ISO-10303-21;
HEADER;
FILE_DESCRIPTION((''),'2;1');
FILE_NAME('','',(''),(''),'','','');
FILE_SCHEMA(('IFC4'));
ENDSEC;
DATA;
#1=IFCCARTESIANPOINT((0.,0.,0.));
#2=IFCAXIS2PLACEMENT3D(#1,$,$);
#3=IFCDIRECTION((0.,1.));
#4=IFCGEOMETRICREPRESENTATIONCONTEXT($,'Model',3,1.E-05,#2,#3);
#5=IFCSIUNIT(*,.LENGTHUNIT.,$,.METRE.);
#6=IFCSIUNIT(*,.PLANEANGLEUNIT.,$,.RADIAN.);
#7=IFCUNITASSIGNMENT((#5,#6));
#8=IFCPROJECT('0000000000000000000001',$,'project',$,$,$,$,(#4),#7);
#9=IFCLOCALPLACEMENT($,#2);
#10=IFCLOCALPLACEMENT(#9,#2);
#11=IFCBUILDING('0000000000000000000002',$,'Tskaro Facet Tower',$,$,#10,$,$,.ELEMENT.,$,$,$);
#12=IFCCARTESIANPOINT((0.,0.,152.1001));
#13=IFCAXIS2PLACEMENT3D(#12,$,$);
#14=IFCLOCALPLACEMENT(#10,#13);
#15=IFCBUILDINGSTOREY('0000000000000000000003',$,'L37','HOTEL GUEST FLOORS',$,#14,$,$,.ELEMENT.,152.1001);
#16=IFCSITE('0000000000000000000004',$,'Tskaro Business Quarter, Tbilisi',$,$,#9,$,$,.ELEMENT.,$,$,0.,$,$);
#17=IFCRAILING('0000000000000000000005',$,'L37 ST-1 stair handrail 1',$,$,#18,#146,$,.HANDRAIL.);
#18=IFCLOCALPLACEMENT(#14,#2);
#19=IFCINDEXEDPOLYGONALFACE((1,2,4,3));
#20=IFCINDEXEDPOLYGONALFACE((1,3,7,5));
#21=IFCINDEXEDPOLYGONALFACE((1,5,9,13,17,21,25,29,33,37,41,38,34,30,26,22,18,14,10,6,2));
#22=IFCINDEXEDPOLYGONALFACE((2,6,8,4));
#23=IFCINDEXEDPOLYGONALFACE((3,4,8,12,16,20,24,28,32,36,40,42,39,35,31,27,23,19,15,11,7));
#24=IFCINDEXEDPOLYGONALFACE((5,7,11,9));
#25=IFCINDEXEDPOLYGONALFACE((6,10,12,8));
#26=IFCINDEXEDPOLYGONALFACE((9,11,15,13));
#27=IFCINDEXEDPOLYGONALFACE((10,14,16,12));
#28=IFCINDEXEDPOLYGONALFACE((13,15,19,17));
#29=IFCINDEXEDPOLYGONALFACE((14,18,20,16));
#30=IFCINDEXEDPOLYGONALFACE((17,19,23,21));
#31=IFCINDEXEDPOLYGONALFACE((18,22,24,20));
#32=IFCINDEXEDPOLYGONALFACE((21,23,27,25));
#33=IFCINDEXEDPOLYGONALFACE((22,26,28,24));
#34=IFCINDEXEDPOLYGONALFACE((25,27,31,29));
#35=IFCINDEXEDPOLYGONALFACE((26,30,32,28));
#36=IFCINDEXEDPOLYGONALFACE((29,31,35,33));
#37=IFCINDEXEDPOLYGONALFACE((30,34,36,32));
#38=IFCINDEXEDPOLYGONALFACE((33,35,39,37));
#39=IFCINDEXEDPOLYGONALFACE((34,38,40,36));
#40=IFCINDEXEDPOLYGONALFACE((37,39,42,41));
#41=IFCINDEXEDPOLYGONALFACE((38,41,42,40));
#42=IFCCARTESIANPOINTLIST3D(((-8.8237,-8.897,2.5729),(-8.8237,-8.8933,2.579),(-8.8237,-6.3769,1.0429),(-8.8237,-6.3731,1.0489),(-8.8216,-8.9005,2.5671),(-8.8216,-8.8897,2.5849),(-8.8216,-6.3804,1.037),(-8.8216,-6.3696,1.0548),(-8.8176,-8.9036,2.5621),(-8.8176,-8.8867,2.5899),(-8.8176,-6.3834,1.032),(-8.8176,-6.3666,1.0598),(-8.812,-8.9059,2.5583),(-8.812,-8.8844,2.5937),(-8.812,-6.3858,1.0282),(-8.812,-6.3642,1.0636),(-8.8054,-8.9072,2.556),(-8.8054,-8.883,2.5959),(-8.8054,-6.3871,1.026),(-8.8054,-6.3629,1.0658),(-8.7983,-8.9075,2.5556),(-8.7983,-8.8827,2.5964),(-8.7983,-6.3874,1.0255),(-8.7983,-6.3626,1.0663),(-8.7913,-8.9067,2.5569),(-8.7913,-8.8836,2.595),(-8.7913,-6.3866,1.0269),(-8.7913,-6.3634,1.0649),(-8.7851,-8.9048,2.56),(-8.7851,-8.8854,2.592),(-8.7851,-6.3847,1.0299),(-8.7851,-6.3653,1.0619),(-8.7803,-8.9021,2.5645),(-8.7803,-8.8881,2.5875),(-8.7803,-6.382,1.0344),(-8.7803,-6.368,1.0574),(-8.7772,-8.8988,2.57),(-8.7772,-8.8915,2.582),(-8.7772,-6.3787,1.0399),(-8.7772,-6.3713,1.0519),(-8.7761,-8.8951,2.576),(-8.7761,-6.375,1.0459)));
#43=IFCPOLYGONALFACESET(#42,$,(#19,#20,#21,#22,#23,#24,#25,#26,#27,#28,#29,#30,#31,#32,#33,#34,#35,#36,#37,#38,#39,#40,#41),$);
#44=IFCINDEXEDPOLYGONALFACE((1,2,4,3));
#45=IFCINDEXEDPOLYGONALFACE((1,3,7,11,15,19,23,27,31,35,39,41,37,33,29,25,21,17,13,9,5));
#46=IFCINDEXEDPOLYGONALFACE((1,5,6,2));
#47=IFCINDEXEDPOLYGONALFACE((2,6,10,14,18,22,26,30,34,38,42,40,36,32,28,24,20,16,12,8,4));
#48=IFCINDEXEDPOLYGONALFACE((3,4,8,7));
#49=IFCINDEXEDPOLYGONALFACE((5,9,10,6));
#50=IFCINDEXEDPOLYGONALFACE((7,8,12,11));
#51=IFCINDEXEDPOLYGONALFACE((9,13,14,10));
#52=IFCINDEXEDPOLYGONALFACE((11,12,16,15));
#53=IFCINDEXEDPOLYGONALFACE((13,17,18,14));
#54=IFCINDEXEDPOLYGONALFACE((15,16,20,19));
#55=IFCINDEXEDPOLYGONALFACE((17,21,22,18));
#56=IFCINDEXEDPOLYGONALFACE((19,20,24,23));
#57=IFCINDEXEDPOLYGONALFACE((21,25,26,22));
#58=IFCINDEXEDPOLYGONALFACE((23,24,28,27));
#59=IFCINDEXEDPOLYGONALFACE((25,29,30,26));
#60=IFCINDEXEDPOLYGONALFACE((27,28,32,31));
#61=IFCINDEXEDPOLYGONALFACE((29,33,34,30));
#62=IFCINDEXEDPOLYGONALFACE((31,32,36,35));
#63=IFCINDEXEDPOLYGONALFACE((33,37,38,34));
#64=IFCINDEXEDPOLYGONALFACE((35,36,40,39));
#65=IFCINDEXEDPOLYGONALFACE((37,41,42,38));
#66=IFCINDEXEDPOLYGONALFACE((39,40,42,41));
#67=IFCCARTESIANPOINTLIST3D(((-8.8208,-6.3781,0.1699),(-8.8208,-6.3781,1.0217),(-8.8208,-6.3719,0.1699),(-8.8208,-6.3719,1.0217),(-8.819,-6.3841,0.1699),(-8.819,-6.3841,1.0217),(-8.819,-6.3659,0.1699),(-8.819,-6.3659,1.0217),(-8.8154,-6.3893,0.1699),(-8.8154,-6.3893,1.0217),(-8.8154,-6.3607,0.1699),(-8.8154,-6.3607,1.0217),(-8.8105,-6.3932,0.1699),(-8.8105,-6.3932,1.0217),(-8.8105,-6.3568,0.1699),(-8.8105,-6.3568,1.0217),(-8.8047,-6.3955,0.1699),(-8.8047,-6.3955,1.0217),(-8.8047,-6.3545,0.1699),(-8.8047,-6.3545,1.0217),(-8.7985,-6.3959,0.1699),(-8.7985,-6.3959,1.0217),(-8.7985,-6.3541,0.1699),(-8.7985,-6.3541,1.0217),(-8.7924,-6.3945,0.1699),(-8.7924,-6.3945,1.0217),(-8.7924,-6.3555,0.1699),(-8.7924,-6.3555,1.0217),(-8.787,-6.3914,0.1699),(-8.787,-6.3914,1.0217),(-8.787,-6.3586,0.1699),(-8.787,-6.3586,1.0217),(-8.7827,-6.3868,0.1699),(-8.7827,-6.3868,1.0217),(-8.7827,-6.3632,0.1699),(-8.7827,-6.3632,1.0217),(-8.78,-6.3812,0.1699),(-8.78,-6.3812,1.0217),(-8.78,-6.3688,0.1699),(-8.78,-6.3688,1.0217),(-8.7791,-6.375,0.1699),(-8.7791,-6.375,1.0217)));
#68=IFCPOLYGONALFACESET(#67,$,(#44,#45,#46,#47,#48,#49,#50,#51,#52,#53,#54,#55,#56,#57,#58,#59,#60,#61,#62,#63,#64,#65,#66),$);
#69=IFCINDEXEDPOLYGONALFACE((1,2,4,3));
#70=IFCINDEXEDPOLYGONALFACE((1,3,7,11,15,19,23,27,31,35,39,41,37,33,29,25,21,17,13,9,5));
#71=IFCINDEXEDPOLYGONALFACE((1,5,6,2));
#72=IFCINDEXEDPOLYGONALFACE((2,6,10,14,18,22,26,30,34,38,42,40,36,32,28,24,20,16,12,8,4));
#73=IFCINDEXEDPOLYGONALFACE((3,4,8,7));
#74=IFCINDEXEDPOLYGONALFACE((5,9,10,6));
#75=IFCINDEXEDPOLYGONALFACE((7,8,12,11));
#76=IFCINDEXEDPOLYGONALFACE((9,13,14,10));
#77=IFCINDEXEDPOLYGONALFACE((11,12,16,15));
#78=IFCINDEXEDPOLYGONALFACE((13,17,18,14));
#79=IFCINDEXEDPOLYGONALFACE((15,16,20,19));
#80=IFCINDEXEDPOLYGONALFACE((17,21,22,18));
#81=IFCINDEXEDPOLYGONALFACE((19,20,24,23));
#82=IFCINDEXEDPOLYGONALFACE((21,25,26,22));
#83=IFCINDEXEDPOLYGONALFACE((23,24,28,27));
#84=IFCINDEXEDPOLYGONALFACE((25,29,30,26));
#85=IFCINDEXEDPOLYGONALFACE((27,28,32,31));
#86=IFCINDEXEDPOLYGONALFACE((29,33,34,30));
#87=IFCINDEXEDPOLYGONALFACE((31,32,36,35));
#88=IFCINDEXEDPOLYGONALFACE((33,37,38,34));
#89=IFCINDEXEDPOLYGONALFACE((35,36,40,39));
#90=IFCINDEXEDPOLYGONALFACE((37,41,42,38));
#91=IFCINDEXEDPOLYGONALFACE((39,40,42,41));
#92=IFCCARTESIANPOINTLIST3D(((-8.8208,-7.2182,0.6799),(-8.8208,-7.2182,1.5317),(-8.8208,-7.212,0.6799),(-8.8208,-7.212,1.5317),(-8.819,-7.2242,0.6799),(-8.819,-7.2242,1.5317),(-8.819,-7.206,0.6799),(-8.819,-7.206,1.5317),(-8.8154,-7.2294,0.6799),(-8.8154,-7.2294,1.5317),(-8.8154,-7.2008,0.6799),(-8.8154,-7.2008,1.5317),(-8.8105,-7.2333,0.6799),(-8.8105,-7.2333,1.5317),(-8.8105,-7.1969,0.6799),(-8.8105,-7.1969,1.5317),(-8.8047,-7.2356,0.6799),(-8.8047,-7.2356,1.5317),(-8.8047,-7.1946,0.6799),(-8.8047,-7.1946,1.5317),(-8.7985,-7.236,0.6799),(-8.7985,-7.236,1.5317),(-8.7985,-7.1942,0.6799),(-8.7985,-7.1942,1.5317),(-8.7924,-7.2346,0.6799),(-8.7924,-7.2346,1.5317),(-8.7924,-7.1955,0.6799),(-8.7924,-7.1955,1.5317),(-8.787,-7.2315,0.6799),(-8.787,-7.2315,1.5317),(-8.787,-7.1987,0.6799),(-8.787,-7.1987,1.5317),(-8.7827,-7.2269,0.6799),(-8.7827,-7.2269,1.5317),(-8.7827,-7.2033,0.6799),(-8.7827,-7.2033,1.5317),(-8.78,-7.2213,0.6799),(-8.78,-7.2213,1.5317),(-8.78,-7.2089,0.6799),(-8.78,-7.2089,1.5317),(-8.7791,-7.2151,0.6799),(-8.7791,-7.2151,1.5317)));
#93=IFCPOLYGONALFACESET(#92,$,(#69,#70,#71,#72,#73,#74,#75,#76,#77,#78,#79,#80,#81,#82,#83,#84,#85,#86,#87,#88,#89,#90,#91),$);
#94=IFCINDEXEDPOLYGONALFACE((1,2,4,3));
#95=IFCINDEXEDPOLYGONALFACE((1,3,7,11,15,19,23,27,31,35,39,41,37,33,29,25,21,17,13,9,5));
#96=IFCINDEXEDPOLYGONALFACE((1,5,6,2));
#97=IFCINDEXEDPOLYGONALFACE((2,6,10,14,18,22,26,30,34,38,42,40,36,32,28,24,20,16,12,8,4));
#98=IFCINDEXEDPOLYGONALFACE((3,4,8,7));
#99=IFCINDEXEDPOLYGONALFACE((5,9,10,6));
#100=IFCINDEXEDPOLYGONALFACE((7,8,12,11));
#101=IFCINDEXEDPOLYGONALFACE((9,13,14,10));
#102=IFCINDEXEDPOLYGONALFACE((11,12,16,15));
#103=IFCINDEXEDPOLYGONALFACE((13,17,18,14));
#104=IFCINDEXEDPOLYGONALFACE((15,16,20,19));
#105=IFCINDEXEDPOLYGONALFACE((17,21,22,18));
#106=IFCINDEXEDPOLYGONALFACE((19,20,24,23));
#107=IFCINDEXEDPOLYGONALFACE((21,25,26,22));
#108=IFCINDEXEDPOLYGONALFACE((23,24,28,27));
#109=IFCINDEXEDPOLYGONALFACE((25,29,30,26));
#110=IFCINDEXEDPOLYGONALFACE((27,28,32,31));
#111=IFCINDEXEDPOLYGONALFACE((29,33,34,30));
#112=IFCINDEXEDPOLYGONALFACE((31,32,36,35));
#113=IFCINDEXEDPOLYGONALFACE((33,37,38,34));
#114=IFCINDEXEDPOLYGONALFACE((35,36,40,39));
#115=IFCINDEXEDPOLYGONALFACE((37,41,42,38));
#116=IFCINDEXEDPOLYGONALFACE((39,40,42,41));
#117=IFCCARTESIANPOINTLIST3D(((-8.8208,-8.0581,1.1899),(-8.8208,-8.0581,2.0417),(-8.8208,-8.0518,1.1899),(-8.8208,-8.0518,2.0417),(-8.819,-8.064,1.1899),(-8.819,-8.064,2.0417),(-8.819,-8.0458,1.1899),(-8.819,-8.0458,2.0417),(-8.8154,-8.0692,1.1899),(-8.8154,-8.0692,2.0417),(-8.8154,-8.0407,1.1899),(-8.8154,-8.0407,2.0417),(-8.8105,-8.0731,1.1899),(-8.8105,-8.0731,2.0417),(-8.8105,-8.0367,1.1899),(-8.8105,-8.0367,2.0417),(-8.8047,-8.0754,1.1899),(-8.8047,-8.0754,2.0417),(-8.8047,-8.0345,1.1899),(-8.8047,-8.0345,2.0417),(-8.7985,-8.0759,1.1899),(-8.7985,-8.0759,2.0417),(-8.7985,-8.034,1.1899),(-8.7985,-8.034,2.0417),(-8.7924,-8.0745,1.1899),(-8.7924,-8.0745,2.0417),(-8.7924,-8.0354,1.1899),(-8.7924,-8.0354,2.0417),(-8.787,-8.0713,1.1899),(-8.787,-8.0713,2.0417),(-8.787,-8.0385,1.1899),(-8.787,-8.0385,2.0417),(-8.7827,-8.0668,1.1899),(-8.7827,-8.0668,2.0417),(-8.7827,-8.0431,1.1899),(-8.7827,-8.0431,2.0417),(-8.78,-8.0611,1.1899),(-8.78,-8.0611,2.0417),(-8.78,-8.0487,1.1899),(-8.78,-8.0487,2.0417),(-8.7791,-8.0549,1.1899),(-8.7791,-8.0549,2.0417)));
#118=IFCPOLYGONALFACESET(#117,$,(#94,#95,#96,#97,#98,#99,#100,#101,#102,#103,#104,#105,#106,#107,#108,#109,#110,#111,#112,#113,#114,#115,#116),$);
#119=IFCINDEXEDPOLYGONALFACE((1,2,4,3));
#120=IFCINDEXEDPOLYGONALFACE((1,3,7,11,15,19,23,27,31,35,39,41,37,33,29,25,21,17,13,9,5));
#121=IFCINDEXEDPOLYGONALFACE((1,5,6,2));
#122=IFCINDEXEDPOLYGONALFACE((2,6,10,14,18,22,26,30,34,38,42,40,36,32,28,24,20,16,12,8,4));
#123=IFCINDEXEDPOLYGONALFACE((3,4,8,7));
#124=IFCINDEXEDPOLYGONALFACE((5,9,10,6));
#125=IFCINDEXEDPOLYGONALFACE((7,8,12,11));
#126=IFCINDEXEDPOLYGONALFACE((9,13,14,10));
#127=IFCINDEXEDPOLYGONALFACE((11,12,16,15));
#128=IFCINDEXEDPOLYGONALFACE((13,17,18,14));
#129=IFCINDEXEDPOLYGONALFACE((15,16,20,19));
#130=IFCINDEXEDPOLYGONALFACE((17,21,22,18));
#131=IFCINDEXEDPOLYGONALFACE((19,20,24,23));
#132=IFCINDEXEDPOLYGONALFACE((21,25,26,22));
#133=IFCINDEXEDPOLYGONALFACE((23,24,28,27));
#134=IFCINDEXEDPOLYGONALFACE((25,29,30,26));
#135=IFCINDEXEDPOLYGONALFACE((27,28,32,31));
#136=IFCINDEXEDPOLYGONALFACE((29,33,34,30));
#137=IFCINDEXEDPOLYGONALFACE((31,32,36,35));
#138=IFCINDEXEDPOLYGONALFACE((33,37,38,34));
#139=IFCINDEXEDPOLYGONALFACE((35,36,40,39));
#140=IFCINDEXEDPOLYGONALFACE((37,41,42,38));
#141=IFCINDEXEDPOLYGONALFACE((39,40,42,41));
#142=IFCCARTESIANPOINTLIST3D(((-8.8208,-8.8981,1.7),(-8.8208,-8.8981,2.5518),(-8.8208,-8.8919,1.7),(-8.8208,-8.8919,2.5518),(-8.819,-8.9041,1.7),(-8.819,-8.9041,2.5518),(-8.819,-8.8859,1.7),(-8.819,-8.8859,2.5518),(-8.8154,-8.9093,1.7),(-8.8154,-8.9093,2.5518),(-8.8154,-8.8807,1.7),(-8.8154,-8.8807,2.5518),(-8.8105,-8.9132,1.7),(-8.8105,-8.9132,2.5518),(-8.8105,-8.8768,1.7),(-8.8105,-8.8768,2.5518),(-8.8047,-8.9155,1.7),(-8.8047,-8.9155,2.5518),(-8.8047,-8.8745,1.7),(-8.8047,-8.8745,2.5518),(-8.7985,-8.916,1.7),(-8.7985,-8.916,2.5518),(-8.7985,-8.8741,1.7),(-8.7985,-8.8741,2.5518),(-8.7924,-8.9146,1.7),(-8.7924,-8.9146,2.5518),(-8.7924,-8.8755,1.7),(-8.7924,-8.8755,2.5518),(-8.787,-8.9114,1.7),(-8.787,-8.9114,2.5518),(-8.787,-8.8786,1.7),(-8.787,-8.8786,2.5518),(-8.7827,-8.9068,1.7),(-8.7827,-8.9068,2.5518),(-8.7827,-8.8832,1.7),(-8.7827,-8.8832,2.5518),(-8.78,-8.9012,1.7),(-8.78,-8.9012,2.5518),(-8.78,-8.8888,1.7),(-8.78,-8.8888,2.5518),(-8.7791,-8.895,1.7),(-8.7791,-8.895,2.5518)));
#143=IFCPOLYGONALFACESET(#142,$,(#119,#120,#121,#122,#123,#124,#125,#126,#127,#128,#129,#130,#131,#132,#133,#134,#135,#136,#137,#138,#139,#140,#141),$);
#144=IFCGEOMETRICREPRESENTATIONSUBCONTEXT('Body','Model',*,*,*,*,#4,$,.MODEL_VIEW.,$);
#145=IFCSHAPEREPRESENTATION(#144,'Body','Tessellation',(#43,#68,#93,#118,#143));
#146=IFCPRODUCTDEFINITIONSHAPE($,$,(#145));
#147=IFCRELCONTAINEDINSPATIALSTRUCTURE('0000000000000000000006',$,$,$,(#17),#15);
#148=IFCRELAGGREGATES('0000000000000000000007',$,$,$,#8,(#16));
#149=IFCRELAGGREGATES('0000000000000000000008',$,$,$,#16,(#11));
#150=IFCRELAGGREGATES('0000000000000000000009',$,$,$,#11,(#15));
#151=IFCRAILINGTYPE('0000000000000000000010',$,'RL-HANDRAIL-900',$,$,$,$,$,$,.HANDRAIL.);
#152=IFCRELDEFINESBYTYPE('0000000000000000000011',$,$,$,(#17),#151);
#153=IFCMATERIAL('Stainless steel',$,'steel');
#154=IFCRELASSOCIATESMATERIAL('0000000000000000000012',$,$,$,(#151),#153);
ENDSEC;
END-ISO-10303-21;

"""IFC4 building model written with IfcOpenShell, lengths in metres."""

from ifc_helpers import new_model, si_unit, direction, frame, origin, origin_2d, place, context, subcontext, project, spatial, circle, extrude, material, type_object, element, save


model = new_model("IFC4")

# Units and contexts
model_context = context("Model", 3, precision=1e-05, world=origin(), true_north=direction((0.0, 1.0)))
body_context = subcontext(model_context, "Body", "Model", "MODEL_VIEW")
ifc_project = project(units=[si_unit("LENGTHUNIT", "METRE"), si_unit("PLANEANGLEUNIT", "RADIAN")], contexts=[model_context])

# Site, building, storey
site_placement = place(None, origin())
site = spatial("IfcSite", under=ifc_project, at=site_placement, Name="Tskaro Business Quarter, Tbilisi", CompositionType="ELEMENT", RefElevation=0.0)
building_placement = place(site_placement, origin())
building = spatial("IfcBuilding", under=site, at=building_placement, Name="Tskaro Facet Tower", CompositionType="ELEMENT")
storey_placement = place(building_placement, frame((0.0, 0.0, 152.1001)))
storey = spatial("IfcBuildingStorey", under=building, at=storey_placement, Name="L37", Description="HOTEL GUEST FLOORS", CompositionType="ELEMENT", Elevation=152.1001)

# Shared definitions
ifc_material_1 = material(Name="Stainless steel", Category="steel")

# Railing
railing_type_1 = type_object("IfcRailingType", Name="RL-HANDRAIL-900", PredefinedType="HANDRAIL", material=ifc_material_1)
railing_1_placement = place(storey_placement, frame((-8.8, -6.375, 0.1699)))
element("IfcRailing", 1, at=railing_1_placement, inside=storey, type_object=railing_type_1, Name="L37 ST-1 stair handrail 1", PredefinedType="HANDRAIL", context=body_context, shape_type="SweptSolid", body=[
    extrude(circle(Radius=0.0239, at=origin_2d()), frame((0.0, 0.0, 0.876), z_axis=(0.0, -0.854785, 0.518982), x_axis=(1.0, 0.0, 0.0)), (0.0, 0.0, 1.0), 2.9482),
    extrude(circle(Radius=0.021, at=origin_2d()), origin(), (0.0, 0.0, 1.0), 0.8518),
    extrude(circle(Radius=0.021, at=origin_2d()), frame((0.0, -0.8401, 0.51)), (0.0, 0.0, 1.0), 0.8518),
    extrude(circle(Radius=0.021, at=origin_2d()), frame((0.0, -1.6799, 1.02)), (0.0, 0.0, 1.0), 0.8518),
    extrude(circle(Radius=0.021, at=origin_2d()), frame((0.0, -2.52, 1.53)), (0.0, 0.0, 1.0), 0.8518),
])

save(model, "model.ifc")
